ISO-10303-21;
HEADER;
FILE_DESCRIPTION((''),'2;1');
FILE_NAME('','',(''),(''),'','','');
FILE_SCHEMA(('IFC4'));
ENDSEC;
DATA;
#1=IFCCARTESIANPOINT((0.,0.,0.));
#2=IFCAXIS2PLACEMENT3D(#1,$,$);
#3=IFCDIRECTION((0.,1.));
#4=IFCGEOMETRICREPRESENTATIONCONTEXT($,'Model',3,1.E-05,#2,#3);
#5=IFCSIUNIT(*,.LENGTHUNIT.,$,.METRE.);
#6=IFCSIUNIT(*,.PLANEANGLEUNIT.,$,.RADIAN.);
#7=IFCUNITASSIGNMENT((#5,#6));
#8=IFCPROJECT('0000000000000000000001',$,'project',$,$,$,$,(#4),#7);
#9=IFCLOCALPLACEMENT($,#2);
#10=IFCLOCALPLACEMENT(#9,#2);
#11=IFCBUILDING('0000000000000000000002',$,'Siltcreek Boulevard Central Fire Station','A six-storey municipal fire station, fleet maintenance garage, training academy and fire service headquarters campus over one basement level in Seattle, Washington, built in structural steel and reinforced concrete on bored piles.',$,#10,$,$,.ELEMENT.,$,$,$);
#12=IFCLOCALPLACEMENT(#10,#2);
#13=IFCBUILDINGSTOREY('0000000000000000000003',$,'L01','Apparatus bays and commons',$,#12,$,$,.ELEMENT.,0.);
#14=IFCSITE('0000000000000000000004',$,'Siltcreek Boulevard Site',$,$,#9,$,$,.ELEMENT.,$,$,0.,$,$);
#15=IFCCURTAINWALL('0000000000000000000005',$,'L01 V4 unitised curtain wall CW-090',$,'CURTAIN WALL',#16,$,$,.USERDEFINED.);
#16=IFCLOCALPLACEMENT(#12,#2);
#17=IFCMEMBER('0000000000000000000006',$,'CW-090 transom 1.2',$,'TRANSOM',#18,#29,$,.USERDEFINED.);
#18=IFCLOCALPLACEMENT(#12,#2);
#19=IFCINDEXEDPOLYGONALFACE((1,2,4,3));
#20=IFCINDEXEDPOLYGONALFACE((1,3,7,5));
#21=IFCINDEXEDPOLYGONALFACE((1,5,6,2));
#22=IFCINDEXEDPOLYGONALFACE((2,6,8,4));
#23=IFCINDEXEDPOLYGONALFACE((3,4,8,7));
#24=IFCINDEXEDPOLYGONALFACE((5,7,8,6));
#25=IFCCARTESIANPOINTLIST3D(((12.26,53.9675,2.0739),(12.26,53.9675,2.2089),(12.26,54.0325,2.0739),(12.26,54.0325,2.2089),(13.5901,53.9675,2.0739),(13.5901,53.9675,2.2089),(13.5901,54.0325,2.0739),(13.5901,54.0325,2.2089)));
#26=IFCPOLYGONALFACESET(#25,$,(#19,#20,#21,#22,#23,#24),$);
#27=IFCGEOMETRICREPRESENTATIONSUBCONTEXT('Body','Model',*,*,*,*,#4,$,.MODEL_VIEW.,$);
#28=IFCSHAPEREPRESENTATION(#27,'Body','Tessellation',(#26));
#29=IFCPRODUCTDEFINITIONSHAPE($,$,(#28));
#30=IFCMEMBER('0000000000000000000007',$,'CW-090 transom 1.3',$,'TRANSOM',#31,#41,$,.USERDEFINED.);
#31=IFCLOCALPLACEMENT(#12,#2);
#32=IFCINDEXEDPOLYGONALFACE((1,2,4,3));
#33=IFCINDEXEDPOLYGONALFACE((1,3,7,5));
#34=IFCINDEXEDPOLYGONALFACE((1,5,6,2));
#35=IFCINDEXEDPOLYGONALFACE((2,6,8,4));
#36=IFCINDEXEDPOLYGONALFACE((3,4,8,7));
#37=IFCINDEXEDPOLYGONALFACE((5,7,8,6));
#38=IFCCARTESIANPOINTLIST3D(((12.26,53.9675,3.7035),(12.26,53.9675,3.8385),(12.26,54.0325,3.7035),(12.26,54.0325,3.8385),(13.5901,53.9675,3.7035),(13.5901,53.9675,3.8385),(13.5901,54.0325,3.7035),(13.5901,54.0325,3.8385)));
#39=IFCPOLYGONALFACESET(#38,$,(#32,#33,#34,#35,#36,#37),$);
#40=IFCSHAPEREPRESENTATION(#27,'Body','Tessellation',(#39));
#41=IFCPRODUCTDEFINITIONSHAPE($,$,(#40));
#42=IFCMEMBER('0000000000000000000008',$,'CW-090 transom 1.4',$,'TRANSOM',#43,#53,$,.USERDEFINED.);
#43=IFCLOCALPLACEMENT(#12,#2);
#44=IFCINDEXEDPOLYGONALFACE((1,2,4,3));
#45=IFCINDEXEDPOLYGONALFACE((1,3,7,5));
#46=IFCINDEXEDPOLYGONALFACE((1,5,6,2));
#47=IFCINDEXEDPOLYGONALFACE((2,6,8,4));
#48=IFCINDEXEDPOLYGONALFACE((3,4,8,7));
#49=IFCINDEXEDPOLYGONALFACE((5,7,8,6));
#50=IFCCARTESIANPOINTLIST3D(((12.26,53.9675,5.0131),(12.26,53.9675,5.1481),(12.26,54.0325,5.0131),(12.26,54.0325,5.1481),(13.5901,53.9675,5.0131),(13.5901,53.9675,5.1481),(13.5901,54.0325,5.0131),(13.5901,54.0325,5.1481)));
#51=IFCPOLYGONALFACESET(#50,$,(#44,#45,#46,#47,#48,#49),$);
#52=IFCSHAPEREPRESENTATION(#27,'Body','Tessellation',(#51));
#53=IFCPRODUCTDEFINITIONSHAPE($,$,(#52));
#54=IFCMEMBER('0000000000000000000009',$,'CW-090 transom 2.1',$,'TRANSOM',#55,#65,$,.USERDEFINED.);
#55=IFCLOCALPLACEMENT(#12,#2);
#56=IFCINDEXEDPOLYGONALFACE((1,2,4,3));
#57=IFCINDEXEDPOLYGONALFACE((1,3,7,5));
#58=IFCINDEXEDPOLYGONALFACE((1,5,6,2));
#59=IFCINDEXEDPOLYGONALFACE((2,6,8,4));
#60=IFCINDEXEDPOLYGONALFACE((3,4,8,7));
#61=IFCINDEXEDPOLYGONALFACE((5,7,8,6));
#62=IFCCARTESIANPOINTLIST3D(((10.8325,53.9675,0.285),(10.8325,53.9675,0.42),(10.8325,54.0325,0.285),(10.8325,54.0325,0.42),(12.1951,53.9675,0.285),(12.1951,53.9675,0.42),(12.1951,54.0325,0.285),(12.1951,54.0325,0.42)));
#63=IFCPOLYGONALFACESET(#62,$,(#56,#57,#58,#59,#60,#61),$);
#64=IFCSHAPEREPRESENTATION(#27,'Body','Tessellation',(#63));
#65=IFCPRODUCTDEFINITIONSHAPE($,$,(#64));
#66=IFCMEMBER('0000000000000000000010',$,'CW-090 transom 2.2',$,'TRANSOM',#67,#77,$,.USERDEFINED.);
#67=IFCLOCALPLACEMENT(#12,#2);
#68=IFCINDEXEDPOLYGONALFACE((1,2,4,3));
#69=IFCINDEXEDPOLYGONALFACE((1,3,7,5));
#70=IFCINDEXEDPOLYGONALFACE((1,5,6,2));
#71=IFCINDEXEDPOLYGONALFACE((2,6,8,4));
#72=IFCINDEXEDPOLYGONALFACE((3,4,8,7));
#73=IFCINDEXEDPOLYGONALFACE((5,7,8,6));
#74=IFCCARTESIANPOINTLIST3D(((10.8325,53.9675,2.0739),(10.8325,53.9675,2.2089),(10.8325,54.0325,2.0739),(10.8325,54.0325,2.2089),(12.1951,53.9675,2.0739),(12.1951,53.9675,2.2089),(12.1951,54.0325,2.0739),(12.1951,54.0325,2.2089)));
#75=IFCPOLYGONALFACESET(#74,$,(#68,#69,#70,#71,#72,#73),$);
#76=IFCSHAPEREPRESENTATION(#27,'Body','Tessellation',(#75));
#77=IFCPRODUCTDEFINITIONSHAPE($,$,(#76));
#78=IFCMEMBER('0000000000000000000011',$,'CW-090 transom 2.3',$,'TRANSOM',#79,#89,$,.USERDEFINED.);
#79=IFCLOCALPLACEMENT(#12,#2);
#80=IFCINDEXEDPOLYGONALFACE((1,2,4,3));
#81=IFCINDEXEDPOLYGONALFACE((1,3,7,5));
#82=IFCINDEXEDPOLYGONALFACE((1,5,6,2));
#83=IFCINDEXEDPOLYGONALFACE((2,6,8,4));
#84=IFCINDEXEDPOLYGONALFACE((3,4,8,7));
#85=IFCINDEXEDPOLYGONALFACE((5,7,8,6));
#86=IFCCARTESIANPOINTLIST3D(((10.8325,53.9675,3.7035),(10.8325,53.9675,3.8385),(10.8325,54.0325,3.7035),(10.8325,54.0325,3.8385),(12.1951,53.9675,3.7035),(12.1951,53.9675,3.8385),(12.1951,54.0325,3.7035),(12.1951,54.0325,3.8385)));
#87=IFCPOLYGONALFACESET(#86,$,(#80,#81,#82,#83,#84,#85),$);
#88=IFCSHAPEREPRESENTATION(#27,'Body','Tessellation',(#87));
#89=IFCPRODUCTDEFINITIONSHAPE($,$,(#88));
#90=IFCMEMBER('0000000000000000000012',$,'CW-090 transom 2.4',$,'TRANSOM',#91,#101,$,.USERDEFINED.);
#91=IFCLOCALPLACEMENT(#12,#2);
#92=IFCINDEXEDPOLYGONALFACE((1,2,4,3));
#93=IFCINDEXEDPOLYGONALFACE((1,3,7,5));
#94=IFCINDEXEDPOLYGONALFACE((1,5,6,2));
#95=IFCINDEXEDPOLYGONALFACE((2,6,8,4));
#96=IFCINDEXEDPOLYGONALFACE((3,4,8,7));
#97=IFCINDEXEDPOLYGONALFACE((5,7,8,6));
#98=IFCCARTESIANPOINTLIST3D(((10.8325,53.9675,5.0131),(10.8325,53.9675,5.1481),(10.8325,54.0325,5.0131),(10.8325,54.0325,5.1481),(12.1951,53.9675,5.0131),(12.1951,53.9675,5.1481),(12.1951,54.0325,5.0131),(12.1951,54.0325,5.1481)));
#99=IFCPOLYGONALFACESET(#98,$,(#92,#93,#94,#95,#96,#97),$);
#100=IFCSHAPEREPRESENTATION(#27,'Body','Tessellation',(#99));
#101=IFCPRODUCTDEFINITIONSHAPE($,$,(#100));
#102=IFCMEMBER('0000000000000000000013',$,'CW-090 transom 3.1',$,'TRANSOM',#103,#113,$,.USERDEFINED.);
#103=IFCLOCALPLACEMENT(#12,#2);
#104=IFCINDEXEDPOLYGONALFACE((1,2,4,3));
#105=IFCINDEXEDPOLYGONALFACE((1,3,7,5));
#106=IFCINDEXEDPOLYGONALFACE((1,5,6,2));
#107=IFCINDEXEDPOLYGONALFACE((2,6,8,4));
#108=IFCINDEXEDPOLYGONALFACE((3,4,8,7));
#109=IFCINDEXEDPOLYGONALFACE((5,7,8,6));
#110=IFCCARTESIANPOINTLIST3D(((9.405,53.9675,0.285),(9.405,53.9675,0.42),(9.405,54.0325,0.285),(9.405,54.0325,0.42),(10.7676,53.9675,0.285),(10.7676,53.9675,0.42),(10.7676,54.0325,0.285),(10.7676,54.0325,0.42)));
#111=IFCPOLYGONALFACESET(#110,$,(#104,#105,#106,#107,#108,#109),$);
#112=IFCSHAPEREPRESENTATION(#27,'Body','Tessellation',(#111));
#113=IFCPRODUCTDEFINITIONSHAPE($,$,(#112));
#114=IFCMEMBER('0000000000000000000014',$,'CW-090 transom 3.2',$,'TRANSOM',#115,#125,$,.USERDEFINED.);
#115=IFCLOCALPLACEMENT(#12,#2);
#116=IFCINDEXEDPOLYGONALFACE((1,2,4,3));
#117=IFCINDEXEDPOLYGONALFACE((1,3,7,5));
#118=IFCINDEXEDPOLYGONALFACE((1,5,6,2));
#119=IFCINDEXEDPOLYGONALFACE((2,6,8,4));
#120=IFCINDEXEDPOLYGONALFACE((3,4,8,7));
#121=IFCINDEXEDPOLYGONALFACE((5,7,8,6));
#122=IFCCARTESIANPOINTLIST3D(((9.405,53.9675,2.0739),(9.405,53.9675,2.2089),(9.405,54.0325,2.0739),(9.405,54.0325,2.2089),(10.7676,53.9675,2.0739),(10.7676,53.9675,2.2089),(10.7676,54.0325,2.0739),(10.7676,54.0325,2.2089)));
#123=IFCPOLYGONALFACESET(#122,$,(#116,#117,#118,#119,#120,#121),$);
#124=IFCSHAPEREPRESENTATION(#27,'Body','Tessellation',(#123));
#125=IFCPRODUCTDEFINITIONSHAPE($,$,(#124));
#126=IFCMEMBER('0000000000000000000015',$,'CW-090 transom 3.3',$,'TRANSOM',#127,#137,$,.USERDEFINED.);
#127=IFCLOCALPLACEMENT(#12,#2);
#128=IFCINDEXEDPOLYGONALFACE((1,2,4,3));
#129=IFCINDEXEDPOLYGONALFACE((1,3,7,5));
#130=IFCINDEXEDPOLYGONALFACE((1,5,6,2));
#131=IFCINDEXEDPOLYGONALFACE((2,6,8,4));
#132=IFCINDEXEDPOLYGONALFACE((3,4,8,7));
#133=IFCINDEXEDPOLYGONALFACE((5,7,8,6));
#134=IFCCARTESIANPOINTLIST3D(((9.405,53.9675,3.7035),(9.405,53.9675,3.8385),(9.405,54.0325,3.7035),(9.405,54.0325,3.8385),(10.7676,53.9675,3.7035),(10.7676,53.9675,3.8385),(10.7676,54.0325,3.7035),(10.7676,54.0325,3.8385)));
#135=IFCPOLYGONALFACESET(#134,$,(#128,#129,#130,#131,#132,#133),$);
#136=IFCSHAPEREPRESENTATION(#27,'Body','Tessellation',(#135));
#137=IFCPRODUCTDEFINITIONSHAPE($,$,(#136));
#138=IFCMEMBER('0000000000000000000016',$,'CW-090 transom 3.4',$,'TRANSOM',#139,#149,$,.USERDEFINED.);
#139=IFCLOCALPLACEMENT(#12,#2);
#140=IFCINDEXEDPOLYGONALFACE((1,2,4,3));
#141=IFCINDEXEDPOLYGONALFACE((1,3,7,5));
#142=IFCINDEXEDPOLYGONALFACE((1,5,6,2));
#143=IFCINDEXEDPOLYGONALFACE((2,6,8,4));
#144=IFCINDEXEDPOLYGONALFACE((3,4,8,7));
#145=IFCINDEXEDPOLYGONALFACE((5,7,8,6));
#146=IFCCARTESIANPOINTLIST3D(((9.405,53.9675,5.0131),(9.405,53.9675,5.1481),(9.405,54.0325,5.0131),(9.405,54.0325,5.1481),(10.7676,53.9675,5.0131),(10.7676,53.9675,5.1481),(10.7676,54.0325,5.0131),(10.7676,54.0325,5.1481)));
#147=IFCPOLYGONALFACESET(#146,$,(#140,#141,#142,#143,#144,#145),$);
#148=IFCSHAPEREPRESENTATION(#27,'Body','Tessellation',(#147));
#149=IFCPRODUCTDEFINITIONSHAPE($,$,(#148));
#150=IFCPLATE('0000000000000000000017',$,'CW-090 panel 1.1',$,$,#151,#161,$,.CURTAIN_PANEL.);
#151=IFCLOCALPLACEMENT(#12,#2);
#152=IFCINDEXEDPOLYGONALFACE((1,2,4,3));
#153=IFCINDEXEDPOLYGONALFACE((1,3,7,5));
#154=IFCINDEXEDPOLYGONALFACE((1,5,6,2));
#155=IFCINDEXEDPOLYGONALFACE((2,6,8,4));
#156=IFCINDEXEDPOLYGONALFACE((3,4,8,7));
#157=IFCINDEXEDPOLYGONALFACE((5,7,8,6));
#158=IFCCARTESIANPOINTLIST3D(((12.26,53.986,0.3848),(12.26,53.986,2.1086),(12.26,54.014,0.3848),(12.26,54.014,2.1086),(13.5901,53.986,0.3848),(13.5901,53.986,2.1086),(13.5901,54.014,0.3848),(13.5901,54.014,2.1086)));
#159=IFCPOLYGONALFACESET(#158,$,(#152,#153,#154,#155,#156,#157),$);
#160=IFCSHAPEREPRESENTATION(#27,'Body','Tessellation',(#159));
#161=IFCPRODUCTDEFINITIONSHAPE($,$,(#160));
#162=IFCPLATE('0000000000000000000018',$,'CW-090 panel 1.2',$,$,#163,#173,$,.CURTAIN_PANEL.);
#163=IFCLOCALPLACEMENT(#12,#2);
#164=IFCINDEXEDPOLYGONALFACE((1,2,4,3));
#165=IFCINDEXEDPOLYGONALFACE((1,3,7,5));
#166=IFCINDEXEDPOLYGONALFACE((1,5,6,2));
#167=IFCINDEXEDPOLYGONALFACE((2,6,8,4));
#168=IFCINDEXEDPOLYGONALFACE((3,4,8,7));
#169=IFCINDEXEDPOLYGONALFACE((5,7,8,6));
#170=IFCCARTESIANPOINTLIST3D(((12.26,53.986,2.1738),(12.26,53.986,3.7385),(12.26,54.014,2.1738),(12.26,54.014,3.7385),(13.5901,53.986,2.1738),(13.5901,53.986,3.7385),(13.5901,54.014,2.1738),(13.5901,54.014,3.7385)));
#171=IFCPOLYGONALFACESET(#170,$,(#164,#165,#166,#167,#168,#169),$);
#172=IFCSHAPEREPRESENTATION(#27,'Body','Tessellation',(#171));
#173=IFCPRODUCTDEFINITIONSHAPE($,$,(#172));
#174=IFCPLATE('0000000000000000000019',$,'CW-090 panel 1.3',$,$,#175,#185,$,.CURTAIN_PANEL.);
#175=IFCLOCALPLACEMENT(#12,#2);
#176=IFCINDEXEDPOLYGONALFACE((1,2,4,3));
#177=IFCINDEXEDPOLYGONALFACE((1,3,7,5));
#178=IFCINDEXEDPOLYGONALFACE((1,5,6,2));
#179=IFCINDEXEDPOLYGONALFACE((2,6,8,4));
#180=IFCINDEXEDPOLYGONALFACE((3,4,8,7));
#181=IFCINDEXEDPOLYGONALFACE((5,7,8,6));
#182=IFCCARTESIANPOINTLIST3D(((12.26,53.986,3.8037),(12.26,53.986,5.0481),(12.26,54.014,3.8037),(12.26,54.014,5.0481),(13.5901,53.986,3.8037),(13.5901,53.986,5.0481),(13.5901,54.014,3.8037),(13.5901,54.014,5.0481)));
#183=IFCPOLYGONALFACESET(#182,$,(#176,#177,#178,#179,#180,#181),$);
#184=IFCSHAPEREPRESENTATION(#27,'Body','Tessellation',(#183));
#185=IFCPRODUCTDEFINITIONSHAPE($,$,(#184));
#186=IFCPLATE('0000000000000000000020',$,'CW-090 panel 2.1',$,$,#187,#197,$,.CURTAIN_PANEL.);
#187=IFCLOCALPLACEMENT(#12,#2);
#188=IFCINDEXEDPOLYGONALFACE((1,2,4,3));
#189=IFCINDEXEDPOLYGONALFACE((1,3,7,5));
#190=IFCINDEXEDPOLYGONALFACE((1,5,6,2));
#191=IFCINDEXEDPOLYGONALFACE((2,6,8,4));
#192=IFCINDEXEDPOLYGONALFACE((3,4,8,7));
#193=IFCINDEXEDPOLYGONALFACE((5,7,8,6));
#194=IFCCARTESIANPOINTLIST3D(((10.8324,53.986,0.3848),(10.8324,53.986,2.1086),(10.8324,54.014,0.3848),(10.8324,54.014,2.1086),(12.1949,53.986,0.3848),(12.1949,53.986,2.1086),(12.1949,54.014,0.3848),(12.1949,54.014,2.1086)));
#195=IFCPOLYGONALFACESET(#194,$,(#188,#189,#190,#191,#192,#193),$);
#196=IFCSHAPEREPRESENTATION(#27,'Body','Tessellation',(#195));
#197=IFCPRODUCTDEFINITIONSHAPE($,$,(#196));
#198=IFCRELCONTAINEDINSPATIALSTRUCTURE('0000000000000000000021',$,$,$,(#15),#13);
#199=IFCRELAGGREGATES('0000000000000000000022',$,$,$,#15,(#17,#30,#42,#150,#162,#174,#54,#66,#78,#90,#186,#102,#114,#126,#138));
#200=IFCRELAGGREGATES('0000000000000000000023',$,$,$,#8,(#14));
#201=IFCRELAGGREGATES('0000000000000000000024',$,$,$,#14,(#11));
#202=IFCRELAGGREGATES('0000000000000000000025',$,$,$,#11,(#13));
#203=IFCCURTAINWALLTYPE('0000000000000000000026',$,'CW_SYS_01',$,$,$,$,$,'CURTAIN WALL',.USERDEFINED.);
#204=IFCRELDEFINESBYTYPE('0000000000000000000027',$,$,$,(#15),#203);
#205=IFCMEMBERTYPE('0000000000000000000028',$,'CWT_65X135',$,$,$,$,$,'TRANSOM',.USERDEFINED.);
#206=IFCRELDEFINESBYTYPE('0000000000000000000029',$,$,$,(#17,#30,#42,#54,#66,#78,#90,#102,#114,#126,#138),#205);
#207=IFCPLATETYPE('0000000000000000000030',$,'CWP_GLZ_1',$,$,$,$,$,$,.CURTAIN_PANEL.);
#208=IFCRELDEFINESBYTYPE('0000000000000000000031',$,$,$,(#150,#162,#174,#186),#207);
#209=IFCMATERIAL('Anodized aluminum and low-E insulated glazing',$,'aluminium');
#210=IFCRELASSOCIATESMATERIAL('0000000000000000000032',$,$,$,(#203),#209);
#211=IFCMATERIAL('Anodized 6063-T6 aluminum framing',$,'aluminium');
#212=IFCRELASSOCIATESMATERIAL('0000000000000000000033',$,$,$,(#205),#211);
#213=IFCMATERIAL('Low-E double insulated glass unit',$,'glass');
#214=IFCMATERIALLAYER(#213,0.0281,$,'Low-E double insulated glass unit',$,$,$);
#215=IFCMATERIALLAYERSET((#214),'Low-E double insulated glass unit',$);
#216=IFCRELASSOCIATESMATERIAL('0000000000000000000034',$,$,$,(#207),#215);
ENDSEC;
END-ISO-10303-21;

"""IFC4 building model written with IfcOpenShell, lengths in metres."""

from ifc_helpers import new_model, si_unit, direction, frame, origin, origin_2d, place, context, subcontext, project, spatial, rectangle, extrude, material, layer, layer_set, material_profile, profile_set, type_object, element, aggregate, save


model = new_model("IFC4")

# Units and contexts
model_context = context("Model", 3, precision=1e-05, world=origin(), true_north=direction((0.0, 1.0)))
body_context = subcontext(model_context, "Body", "Model", "MODEL_VIEW")
ifc_project = project(units=[si_unit("LENGTHUNIT", "METRE"), si_unit("PLANEANGLEUNIT", "RADIAN")], contexts=[model_context])

# Site, building, storey
site_placement = place(None, origin())
site = spatial("IfcSite", under=ifc_project, at=site_placement, Name="Siltcreek Boulevard Site", CompositionType="ELEMENT", RefElevation=0.0)
building_placement = place(site_placement, origin())
building = spatial("IfcBuilding", under=site, at=building_placement, Name="Siltcreek Boulevard Central Fire Station", Description="A six-storey municipal fire station, fleet maintenance garage, training academy and fire service headquarters campus over one basement level in Seattle, Washington, built in structural steel and reinforced concrete on bored piles.", CompositionType="ELEMENT")
storey_placement = place(building_placement, origin())
storey = spatial("IfcBuildingStorey", under=building, at=storey_placement, Name="L01", Description="Apparatus bays and commons", CompositionType="ELEMENT", Elevation=0.0)

# Shared definitions
ifc_material_1 = material(Name="Anodized aluminum and low-E insulated glazing", Category="aluminium")
ifc_material_2 = material(Name="Anodized 6063-T6 aluminum framing", Category="aluminium")

# Curtain wall, members, plates
curtain_wall_type_1 = type_object("IfcCurtainWallType", Name="CW_SYS_01", ElementType="CURTAIN WALL", PredefinedType="USERDEFINED", material=ifc_material_1)
curtain_wall_1_placement = place(storey_placement, origin())
curtain_wall_1 = element("IfcCurtainWall", 1, at=curtain_wall_1_placement, inside=storey, type_object=curtain_wall_type_1, Name="L01 V4 unitised curtain wall CW-090", ObjectType="CURTAIN WALL", PredefinedType="USERDEFINED")
ifc_material_profile_1 = material_profile(ifc_material_2, rectangle(XDim=0.0649, YDim=0.135, at=origin_2d()), Name="TRAN65X135")
ifc_profile_set_1 = profile_set([ifc_material_profile_1], Name="Anodized 6063-T6 aluminum framing")
member_type_1 = type_object("IfcMemberType", Name="CWT_65X135", ElementType="TRANSOM", PredefinedType="USERDEFINED", material=ifc_profile_set_1)
member_1_placement = place(storey_placement, frame((13.5901, 54.0, 2.1414), z_axis=(-1.0, 0.0, 0.0), x_axis=(0.0, -1.0, 0.0)))
member_1 = element("IfcMember", 2, at=member_1_placement, type_object=member_type_1, Name="CW-090 transom 1.2", ObjectType="TRANSOM", PredefinedType="USERDEFINED", context=body_context, shape_type="SweptSolid", body=[
    extrude(rectangle(XDim=0.0649, YDim=0.135, at=origin_2d()), origin(), (0.0, 0.0, 1.0), 1.3301),
])
member_2_placement = place(storey_placement, frame((13.5901, 54.0, 3.771), z_axis=(-1.0, 0.0, 0.0), x_axis=(0.0, -1.0, 0.0)))
member_2 = element("IfcMember", 3, at=member_2_placement, type_object=member_type_1, Name="CW-090 transom 1.3", ObjectType="TRANSOM", PredefinedType="USERDEFINED", context=body_context, shape_type="SweptSolid", body=[
    extrude(rectangle(XDim=0.0649, YDim=0.135, at=origin_2d()), origin(), (0.0, 0.0, 1.0), 1.3301),
])
member_3_placement = place(storey_placement, frame((13.5901, 54.0, 5.0806), z_axis=(-1.0, 0.0, 0.0), x_axis=(0.0, -1.0, 0.0)))
member_3 = element("IfcMember", 4, at=member_3_placement, type_object=member_type_1, Name="CW-090 transom 1.4", ObjectType="TRANSOM", PredefinedType="USERDEFINED", context=body_context, shape_type="SweptSolid", body=[
    extrude(rectangle(XDim=0.0649, YDim=0.135, at=origin_2d()), origin(), (0.0, 0.0, 1.0), 1.3301),
])
member_4_placement = place(storey_placement, frame((12.1951, 54.0, 0.3525), z_axis=(-1.0, 0.0, 0.0), x_axis=(0.0, -1.0, 0.0)))
member_4 = element("IfcMember", 5, at=member_4_placement, type_object=member_type_1, Name="CW-090 transom 2.1", ObjectType="TRANSOM", PredefinedType="USERDEFINED", context=body_context, shape_type="SweptSolid", body=[
    extrude(rectangle(XDim=0.0649, YDim=0.135, at=origin_2d()), origin(), (0.0, 0.0, 1.0), 1.3625),
])
member_5_placement = place(storey_placement, frame((12.1951, 54.0, 2.1414), z_axis=(-1.0, 0.0, 0.0), x_axis=(0.0, -1.0, 0.0)))
member_5 = element("IfcMember", 6, at=member_5_placement, type_object=member_type_1, Name="CW-090 transom 2.2", ObjectType="TRANSOM", PredefinedType="USERDEFINED", context=body_context, shape_type="SweptSolid", body=[
    extrude(rectangle(XDim=0.0649, YDim=0.135, at=origin_2d()), origin(), (0.0, 0.0, 1.0), 1.3625),
])
member_6_placement = place(storey_placement, frame((12.1951, 54.0, 3.771), z_axis=(-1.0, 0.0, 0.0), x_axis=(0.0, -1.0, 0.0)))
member_6 = element("IfcMember", 7, at=member_6_placement, type_object=member_type_1, Name="CW-090 transom 2.3", ObjectType="TRANSOM", PredefinedType="USERDEFINED", context=body_context, shape_type="SweptSolid", body=[
    extrude(rectangle(XDim=0.0649, YDim=0.135, at=origin_2d()), origin(), (0.0, 0.0, 1.0), 1.3625),
])
member_7_placement = place(storey_placement, frame((12.1951, 54.0, 5.0806), z_axis=(-1.0, 0.0, 0.0), x_axis=(0.0, -1.0, 0.0)))
member_7 = element("IfcMember", 8, at=member_7_placement, type_object=member_type_1, Name="CW-090 transom 2.4", ObjectType="TRANSOM", PredefinedType="USERDEFINED", context=body_context, shape_type="SweptSolid", body=[
    extrude(rectangle(XDim=0.0649, YDim=0.135, at=origin_2d()), origin(), (0.0, 0.0, 1.0), 1.3625),
])
member_8_placement = place(storey_placement, frame((10.7676, 54.0, 0.3525), z_axis=(-1.0, 0.0, 0.0), x_axis=(0.0, -1.0, 0.0)))
member_8 = element("IfcMember", 9, at=member_8_placement, type_object=member_type_1, Name="CW-090 transom 3.1", ObjectType="TRANSOM", PredefinedType="USERDEFINED", context=body_context, shape_type="SweptSolid", body=[
    extrude(rectangle(XDim=0.0649, YDim=0.135, at=origin_2d()), origin(), (0.0, 0.0, 1.0), 1.3625),
])
member_9_placement = place(storey_placement, frame((10.7676, 54.0, 2.1414), z_axis=(-1.0, 0.0, 0.0), x_axis=(0.0, -1.0, 0.0)))
member_9 = element("IfcMember", 10, at=member_9_placement, type_object=member_type_1, Name="CW-090 transom 3.2", ObjectType="TRANSOM", PredefinedType="USERDEFINED", context=body_context, shape_type="SweptSolid", body=[
    extrude(rectangle(XDim=0.0649, YDim=0.135, at=origin_2d()), origin(), (0.0, 0.0, 1.0), 1.3625),
])
member_10_placement = place(storey_placement, frame((10.7676, 54.0, 3.771), z_axis=(-1.0, 0.0, 0.0), x_axis=(0.0, -1.0, 0.0)))
member_10 = element("IfcMember", 11, at=member_10_placement, type_object=member_type_1, Name="CW-090 transom 3.3", ObjectType="TRANSOM", PredefinedType="USERDEFINED", context=body_context, shape_type="SweptSolid", body=[
    extrude(rectangle(XDim=0.0649, YDim=0.135, at=origin_2d()), origin(), (0.0, 0.0, 1.0), 1.3625),
])
member_11_placement = place(storey_placement, frame((10.7676, 54.0, 5.0806), z_axis=(-1.0, 0.0, 0.0), x_axis=(0.0, -1.0, 0.0)))
member_11 = element("IfcMember", 12, at=member_11_placement, type_object=member_type_1, Name="CW-090 transom 3.4", ObjectType="TRANSOM", PredefinedType="USERDEFINED", context=body_context, shape_type="SweptSolid", body=[
    extrude(rectangle(XDim=0.0649, YDim=0.135, at=origin_2d()), origin(), (0.0, 0.0, 1.0), 1.3625),
])
ifc_material_3 = material(Name="Low-E double insulated glass unit", Category="glass")
ifc_layer_1 = layer(ifc_material_3, 0.0281, Name="Low-E double insulated glass unit")
ifc_layer_set_1 = layer_set([ifc_layer_1], Name="Low-E double insulated glass unit")
plate_type = type_object("IfcPlateType", Name="CWP_GLZ_1", PredefinedType="CURTAIN_PANEL", material=ifc_layer_set_1)
plate_1_placement = place(storey_placement, frame((12.925, 54.0, 0.3848), z_axis=(0.0, 0.0, 1.0), x_axis=(-1.0, 0.0, 0.0)))
plate_1 = element("IfcPlate", 13, at=plate_1_placement, type_object=plate_type, Name="CW-090 panel 1.1", PredefinedType="CURTAIN_PANEL", context=body_context, shape_type="SweptSolid", body=[
    extrude(rectangle(XDim=1.3301, YDim=0.0281, at=origin_2d()), origin(), (0.0, 0.0, 1.0), 1.7239),
])
plate_2_placement = place(storey_placement, frame((12.925, 54.0, 2.1738), z_axis=(0.0, 0.0, 1.0), x_axis=(-1.0, 0.0, 0.0)))
plate_2 = element("IfcPlate", 14, at=plate_2_placement, type_object=plate_type, Name="CW-090 panel 1.2", PredefinedType="CURTAIN_PANEL", context=body_context, shape_type="SweptSolid", body=[
    extrude(rectangle(XDim=1.3301, YDim=0.0281, at=origin_2d()), origin(), (0.0, 0.0, 1.0), 1.5647),
])
plate_3_placement = place(storey_placement, frame((12.925, 54.0, 3.8037), z_axis=(0.0, 0.0, 1.0), x_axis=(-1.0, 0.0, 0.0)))
plate_3 = element("IfcPlate", 15, at=plate_3_placement, type_object=plate_type, Name="CW-090 panel 1.3", PredefinedType="CURTAIN_PANEL", context=body_context, shape_type="SweptSolid", body=[
    extrude(rectangle(XDim=1.3301, YDim=0.0281, at=origin_2d()), origin(), (0.0, 0.0, 1.0), 1.2444),
])
plate_4_placement = place(storey_placement, frame((11.5137, 54.0, 0.3848), z_axis=(0.0, 0.0, 1.0), x_axis=(-1.0, 0.0, 0.0)))
plate_4 = element("IfcPlate", 16, at=plate_4_placement, type_object=plate_type, Name="CW-090 panel 2.1", PredefinedType="CURTAIN_PANEL", context=body_context, shape_type="SweptSolid", body=[
    extrude(rectangle(XDim=1.3625, YDim=0.0281, at=origin_2d()), origin(), (0.0, 0.0, 1.0), 1.7239),
])
aggregate(curtain_wall_1, [member_1, member_2, member_3, plate_1, plate_2, plate_3, member_4, member_5, member_6, member_7, plate_4, member_8, member_9, member_10, member_11])

save(model, "model.ifc")
